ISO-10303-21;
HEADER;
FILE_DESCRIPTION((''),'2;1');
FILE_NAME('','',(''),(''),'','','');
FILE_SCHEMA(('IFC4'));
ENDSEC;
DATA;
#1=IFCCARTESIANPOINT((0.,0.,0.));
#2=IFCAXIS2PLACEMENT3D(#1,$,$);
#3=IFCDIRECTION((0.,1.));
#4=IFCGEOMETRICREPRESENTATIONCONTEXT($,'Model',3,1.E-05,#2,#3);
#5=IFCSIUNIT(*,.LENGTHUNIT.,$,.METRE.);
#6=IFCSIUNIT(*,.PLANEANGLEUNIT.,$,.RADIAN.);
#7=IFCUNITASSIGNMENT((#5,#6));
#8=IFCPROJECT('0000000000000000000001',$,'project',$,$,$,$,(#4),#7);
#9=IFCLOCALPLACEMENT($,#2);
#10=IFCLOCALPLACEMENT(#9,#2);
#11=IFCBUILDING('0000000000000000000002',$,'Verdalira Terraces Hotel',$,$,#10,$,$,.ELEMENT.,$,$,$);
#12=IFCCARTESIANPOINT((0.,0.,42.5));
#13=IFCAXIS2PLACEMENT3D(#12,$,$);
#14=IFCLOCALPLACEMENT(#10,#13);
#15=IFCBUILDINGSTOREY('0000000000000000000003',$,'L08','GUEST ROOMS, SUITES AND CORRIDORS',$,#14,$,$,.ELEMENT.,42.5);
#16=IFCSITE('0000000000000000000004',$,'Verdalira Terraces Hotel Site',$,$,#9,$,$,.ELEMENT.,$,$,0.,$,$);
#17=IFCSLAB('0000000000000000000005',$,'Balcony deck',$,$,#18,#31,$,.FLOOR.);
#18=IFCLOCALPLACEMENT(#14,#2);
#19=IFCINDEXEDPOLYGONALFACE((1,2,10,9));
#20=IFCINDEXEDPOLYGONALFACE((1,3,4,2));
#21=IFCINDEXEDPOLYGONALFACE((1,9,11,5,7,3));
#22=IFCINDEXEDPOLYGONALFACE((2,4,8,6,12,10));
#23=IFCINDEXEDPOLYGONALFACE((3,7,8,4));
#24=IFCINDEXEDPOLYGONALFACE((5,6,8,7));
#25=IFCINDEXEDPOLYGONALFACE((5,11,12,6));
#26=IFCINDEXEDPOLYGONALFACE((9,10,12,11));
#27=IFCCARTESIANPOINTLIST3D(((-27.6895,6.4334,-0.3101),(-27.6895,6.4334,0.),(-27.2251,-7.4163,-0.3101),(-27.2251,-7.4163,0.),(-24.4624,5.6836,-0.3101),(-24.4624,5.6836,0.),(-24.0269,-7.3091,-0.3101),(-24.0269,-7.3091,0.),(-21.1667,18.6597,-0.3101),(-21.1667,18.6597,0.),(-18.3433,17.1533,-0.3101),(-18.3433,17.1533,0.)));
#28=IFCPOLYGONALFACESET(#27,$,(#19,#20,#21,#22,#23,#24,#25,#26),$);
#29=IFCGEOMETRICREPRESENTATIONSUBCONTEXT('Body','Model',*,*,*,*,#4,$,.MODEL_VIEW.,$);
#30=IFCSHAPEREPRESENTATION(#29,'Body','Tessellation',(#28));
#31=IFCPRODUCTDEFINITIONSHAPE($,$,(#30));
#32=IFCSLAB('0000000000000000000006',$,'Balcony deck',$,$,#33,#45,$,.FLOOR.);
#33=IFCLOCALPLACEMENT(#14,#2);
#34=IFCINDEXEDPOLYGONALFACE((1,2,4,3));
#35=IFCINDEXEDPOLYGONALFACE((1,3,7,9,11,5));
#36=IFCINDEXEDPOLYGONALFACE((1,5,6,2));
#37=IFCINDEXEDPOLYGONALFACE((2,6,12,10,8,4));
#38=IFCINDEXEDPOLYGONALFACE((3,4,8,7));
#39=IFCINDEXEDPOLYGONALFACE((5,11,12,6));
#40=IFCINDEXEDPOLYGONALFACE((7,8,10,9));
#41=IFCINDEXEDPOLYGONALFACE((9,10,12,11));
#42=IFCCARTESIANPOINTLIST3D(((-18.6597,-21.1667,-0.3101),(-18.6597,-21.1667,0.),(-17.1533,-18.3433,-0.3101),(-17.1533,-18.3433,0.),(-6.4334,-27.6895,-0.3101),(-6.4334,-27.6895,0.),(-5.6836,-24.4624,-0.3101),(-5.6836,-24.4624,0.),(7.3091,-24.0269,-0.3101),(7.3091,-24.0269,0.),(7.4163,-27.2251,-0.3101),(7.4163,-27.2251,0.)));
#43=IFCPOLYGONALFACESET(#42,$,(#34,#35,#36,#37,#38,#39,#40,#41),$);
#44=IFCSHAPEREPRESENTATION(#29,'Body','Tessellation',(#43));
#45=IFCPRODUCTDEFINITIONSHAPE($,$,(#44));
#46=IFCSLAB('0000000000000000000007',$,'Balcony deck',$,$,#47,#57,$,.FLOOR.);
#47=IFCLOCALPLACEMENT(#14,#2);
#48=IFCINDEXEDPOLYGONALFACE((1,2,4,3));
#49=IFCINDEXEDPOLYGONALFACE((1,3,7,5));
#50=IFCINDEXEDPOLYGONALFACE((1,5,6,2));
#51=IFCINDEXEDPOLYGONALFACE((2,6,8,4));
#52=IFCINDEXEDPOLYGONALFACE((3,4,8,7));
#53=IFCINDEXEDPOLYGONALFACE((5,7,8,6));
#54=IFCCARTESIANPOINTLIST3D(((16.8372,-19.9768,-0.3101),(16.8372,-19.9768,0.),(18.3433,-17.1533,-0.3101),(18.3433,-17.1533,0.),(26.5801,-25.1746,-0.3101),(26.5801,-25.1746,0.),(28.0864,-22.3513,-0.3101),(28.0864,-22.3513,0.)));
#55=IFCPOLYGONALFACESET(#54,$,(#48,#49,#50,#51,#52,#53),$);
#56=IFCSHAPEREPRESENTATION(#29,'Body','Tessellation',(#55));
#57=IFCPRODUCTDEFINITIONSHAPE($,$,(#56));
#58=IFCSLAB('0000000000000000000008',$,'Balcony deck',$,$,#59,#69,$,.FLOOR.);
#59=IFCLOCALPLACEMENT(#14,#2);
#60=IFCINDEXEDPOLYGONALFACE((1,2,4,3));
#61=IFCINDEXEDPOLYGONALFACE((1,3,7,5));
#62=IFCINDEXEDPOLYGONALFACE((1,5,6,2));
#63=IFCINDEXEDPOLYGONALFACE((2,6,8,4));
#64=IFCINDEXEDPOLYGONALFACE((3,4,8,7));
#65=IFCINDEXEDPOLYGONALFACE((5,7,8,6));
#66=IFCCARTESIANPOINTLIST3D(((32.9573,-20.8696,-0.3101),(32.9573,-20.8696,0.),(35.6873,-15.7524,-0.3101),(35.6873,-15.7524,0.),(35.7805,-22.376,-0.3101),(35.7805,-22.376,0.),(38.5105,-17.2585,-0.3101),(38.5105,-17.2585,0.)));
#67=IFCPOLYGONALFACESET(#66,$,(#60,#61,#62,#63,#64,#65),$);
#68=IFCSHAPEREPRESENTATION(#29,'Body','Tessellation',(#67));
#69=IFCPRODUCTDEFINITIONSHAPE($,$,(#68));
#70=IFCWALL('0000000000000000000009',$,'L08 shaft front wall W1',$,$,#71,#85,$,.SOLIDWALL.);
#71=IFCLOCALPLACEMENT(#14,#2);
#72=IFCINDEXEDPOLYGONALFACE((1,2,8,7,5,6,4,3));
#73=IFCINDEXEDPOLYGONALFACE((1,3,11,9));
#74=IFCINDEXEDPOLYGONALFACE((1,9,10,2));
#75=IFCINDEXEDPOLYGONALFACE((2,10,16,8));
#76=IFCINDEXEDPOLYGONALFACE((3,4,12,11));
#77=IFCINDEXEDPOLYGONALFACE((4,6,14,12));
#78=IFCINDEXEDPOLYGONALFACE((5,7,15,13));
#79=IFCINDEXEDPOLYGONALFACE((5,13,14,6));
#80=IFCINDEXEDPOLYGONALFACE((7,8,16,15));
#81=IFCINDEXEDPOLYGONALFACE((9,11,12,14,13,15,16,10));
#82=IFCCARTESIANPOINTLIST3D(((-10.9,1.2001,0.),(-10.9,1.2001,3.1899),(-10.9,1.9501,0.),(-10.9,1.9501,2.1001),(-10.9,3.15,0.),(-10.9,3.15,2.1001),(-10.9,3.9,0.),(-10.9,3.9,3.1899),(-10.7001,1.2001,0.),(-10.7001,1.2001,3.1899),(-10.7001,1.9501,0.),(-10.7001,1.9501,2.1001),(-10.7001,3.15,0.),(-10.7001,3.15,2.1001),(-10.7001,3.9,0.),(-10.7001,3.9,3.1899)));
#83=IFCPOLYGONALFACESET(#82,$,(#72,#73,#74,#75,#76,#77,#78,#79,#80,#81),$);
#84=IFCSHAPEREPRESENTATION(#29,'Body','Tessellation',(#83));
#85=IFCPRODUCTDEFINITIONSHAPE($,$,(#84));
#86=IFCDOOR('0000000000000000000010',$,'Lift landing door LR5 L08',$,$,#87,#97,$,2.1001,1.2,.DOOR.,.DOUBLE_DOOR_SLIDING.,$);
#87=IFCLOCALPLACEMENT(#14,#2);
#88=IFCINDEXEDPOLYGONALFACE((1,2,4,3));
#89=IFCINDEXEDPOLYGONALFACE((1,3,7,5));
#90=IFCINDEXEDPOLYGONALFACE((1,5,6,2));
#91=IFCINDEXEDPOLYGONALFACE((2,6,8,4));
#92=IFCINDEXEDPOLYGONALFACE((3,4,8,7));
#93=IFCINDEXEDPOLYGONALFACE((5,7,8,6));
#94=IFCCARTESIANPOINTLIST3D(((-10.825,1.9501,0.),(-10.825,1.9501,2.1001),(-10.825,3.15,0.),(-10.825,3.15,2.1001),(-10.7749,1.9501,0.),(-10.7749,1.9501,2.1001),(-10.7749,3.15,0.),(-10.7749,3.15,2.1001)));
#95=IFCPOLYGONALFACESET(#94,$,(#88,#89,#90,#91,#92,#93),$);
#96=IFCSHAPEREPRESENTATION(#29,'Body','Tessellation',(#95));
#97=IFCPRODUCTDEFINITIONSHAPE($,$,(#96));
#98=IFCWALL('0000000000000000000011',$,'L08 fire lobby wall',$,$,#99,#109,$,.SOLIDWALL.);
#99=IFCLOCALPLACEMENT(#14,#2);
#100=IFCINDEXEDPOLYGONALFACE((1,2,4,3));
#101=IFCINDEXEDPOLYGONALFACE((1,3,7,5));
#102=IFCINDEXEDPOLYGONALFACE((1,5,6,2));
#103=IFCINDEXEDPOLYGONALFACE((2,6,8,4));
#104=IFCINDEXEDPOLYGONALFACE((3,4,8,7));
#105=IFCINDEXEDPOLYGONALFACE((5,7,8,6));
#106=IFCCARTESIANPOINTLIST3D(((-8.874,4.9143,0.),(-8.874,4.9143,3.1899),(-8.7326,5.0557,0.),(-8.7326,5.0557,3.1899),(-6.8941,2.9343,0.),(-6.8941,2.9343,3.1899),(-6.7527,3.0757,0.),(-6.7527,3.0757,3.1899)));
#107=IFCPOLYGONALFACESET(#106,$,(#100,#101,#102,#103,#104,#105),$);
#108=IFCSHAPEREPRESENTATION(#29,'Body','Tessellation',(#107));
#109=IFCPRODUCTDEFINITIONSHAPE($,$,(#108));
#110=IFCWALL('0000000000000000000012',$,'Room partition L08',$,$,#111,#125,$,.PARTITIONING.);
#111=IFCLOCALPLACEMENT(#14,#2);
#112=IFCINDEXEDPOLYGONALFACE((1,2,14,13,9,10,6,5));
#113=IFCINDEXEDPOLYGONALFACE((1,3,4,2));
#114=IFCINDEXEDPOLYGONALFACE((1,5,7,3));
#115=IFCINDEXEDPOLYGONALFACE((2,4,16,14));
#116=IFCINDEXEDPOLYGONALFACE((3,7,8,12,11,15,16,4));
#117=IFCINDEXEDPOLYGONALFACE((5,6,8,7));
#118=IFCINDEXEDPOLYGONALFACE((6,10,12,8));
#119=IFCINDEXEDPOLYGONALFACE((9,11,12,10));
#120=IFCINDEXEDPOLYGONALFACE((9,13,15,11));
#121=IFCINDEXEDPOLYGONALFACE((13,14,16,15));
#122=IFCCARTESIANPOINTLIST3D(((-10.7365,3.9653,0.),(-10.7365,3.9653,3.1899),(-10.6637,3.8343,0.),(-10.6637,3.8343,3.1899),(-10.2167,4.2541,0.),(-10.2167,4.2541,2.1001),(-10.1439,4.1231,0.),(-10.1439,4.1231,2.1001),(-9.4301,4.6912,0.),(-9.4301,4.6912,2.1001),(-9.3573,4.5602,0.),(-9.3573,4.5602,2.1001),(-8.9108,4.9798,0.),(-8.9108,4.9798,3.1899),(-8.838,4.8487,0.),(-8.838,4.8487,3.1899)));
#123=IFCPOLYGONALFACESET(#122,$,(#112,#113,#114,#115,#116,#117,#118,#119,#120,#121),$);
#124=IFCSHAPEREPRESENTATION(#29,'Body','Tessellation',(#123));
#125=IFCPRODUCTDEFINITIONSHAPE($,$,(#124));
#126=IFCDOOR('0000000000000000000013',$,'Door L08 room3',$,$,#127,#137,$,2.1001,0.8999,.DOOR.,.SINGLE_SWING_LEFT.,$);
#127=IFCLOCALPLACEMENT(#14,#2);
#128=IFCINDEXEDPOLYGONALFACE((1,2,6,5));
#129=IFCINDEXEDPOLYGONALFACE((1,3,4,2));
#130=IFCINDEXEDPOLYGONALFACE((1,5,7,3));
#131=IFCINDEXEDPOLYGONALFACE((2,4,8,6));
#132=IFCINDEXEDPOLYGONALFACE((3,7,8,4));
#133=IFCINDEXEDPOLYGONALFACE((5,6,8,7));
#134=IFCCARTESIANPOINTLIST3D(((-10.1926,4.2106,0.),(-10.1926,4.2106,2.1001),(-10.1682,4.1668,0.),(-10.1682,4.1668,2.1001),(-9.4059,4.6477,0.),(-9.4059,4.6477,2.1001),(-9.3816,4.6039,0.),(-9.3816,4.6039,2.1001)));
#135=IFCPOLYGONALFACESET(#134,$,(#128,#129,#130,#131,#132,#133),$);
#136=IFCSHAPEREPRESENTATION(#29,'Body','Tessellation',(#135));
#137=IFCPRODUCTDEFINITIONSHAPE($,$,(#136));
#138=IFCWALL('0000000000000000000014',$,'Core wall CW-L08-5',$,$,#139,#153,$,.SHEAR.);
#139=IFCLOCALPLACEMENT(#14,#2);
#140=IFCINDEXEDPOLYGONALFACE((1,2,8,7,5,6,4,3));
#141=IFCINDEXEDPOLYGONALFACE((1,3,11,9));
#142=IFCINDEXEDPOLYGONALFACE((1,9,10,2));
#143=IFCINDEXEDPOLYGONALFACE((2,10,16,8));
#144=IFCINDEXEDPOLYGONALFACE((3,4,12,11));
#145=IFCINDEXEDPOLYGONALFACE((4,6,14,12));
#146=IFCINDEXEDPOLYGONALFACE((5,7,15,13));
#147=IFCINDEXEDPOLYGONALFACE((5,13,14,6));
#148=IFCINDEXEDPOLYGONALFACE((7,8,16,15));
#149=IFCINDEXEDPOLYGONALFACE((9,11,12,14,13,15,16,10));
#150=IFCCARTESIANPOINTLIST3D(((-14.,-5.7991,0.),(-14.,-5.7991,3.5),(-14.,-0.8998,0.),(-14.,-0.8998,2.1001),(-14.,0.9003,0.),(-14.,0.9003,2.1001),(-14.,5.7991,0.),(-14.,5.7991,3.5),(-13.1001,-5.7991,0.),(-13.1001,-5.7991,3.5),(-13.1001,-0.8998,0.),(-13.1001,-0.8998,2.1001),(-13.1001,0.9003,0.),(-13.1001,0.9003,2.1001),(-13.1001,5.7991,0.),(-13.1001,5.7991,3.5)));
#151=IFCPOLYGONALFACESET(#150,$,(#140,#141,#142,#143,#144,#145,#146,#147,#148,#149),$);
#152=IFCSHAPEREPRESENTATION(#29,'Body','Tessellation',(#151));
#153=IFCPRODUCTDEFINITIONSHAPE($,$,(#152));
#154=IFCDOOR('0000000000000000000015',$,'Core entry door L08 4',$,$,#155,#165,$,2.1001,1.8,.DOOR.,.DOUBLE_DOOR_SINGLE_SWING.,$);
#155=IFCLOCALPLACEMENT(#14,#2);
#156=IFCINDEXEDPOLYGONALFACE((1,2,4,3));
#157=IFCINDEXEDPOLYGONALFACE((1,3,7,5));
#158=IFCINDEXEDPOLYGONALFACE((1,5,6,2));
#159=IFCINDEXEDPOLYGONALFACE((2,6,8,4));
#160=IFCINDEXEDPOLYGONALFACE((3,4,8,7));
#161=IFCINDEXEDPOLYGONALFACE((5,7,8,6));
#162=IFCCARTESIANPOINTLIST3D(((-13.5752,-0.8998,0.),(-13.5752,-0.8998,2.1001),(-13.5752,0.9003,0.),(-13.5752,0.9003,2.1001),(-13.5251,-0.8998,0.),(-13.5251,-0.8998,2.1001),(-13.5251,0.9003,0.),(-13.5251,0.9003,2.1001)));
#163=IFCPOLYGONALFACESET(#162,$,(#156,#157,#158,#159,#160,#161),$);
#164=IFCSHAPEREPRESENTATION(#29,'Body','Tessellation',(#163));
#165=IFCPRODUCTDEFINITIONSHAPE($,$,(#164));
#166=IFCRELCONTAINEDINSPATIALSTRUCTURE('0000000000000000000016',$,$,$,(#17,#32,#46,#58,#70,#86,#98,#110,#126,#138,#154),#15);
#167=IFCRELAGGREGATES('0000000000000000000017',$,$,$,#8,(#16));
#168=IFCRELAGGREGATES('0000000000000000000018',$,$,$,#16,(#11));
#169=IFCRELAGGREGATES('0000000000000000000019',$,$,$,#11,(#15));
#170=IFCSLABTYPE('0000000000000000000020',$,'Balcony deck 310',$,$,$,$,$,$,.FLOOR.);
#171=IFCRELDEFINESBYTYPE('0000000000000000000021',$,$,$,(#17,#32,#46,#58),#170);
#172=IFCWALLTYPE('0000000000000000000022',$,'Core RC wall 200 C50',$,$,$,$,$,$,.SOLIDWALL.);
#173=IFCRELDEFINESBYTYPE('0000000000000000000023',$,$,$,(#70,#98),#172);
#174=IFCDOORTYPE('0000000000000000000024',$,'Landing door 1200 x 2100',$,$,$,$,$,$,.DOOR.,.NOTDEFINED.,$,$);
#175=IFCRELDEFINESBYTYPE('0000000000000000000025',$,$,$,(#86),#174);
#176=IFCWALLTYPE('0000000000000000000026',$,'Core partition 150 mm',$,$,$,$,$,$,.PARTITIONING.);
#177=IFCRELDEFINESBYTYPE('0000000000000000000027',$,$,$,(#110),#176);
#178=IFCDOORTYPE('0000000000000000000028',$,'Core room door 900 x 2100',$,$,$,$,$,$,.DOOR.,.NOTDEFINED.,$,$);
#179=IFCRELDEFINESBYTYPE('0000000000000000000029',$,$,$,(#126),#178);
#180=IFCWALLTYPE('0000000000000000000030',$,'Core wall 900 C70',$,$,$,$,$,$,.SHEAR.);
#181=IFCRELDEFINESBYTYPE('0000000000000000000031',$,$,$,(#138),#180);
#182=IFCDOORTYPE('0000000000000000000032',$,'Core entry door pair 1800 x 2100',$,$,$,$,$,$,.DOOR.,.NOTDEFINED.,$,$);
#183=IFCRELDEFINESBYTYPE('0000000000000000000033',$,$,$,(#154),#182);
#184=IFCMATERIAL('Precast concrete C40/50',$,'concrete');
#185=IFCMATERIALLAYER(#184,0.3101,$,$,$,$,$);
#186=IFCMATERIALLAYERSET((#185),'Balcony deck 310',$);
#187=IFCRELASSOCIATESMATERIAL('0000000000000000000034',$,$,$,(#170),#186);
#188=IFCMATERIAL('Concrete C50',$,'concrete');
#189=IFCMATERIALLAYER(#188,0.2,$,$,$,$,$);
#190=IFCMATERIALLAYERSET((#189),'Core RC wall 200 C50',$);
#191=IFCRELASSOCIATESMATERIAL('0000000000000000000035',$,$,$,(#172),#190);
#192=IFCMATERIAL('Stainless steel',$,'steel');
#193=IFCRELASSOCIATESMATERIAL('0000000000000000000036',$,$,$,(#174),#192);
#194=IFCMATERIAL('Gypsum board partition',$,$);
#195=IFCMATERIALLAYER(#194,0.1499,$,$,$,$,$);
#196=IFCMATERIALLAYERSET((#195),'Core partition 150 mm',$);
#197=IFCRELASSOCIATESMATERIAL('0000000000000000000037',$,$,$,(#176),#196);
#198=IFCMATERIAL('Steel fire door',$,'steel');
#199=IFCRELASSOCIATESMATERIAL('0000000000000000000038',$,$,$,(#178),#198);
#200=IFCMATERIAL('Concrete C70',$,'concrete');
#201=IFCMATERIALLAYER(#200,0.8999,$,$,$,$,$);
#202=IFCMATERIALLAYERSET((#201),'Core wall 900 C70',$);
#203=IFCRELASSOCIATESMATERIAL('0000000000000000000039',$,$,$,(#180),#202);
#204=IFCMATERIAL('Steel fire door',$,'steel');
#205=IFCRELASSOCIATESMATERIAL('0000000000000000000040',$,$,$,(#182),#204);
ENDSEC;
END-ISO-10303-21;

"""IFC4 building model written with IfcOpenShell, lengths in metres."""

from ifc_helpers import new_model, si_unit, direction, frame, frame_2d, origin, place, context, subcontext, project, spatial, polyline, rectangle, outline, extrude, material, layer, layer_set, type_object, element, fill, save


model = new_model("IFC4")

# Units and contexts
model_context = context("Model", 3, precision=1e-05, world=origin(), true_north=direction((0.0, 1.0)))
body_context = subcontext(model_context, "Body", "Model", "MODEL_VIEW")
ifc_project = project(units=[si_unit("LENGTHUNIT", "METRE"), si_unit("PLANEANGLEUNIT", "RADIAN")], contexts=[model_context])

# Site, building, storey
site_placement = place(None, origin())
site = spatial("IfcSite", under=ifc_project, at=site_placement, Name="Verdalira Terraces Hotel Site", CompositionType="ELEMENT", RefElevation=0.0)
building_placement = place(site_placement, origin())
building = spatial("IfcBuilding", under=site, at=building_placement, Name="Verdalira Terraces Hotel", CompositionType="ELEMENT")
storey_placement = place(building_placement, frame((0.0, 0.0, 42.5)))
storey = spatial("IfcBuildingStorey", under=building, at=storey_placement, Name="L08", Description="GUEST ROOMS, SUITES AND CORRIDORS", CompositionType="ELEMENT", Elevation=42.5)

# Slabs
ifc_material_1 = material(Name="Precast concrete C40/50", Category="concrete")
ifc_layer_1 = layer(ifc_material_1, 0.3101)
ifc_layer_set_1 = layer_set([ifc_layer_1], Name="Balcony deck 310")
slab_type = type_object("IfcSlabType", Name="Balcony deck 310", PredefinedType="FLOOR", material=ifc_layer_set_1)
slab_1_placement = place(storey_placement, frame((0.0, 0.0, -0.3101)))
element("IfcSlab", 1, at=slab_1_placement, inside=storey, type_object=slab_type, Name="Balcony deck", PredefinedType="FLOOR", context=body_context, shape_type="SweptSolid", body=[
    extrude(outline(polyline([(-27.6895, 6.4333), (-27.2251, -7.4163), (-24.0269, -7.3091), (-24.4624, 5.6836), (-18.3433, 17.1533), (-21.1667, 18.6597), (-27.6895, 6.4333)])), origin(), (0.0, 0.0, 1.0), 0.3101),
])
slab_2_placement = place(storey_placement, frame((0.0, 0.0, -0.3101)))
element("IfcSlab", 2, at=slab_2_placement, inside=storey, type_object=slab_type, Name="Balcony deck", PredefinedType="FLOOR", context=body_context, shape_type="SweptSolid", body=[
    extrude(outline(polyline([(-6.4333, -27.6895), (7.4163, -27.2251), (7.3091, -24.0269), (-5.6836, -24.4624), (-17.1533, -18.3433), (-18.6597, -21.1667), (-6.4333, -27.6895)])), origin(), (0.0, 0.0, 1.0), 0.3101),
])
slab_3_placement = place(storey_placement, frame((0.0, 0.0, -0.3101)))
element("IfcSlab", 3, at=slab_3_placement, inside=storey, type_object=slab_type, Name="Balcony deck", PredefinedType="FLOOR", context=body_context, shape_type="SweptSolid", body=[
    extrude(outline(polyline([(26.5801, -25.1746), (28.0864, -22.3513), (18.3433, -17.1533), (16.8372, -19.9768), (26.5801, -25.1746)])), origin(), (0.0, 0.0, 1.0), 0.3101),
])
slab_4_placement = place(storey_placement, frame((0.0, 0.0, -0.3101)))
element("IfcSlab", 4, at=slab_4_placement, inside=storey, type_object=slab_type, Name="Balcony deck", PredefinedType="FLOOR", context=body_context, shape_type="SweptSolid", body=[
    extrude(outline(polyline([(38.5105, -17.2585), (35.6873, -15.7524), (32.9573, -20.8696), (35.7805, -22.376), (38.5105, -17.2585)])), origin(), (0.0, 0.0, 1.0), 0.3101),
])

# Wall, opening, door
ifc_material_2 = material(Name="Concrete C50", Category="concrete")
ifc_layer_2 = layer(ifc_material_2, 0.2)
ifc_layer_set_2 = layer_set([ifc_layer_2], Name="Core RC wall 200 C50")
wall_type_1 = type_object("IfcWallType", Name="Core RC wall 200 C50", PredefinedType="SOLIDWALL", material=ifc_layer_set_2)
wall_1_placement = place(storey_placement, frame((-10.8, 1.2, 0.0), z_axis=(0.0, 0.0, 1.0), x_axis=(0.0, 1.0, 0.0)))
wall_1 = element("IfcWall", 5, at=wall_1_placement, inside=storey, type_object=wall_type_1, Name="L08 shaft front wall W1", PredefinedType="SOLIDWALL", context=body_context, shape_type="SweptSolid", body=[
    extrude(rectangle(XDim=2.7, YDim=0.2, at=frame_2d((1.3501, 0.0))), origin(), (0.0, 0.0, 1.0), 3.1899),
])
opening_1_placement = place(wall_1_placement, frame((0.75, 0.0, 0.0)))
opening_1 = element("IfcOpeningElement", 6, at=opening_1_placement, cuts=wall_1, PredefinedType="OPENING", context=body_context, shape_type="SweptSolid", body=[
    extrude(rectangle(XDim=1.2, YDim=2.1001, at=frame_2d((0.6001, 1.05))), frame((0.0, 0.1099, 0.0), z_axis=(0.0, -1.0, 0.0), x_axis=(1.0, 0.0, 0.0)), (0.0, 0.0, 1.0), 0.22),
])
ifc_material_3 = material(Name="Stainless steel", Category="steel")
door_type_1 = type_object("IfcDoorType", Name="Landing door 1200 x 2100", OperationType="NOTDEFINED", PredefinedType="DOOR", material=ifc_material_3)
door_1_placement = place(opening_1_placement, origin())
door_1 = element("IfcDoor", 7, at=door_1_placement, inside=storey, type_object=door_type_1, Name="Lift landing door LR5 L08", OperationType="DOUBLE_DOOR_SLIDING", OverallHeight=2.1001, OverallWidth=1.2, PredefinedType="DOOR", context=body_context, shape_type="SweptSolid", body=[
    extrude(rectangle(XDim=1.2, YDim=2.1001, at=frame_2d((0.6001, 1.05))), frame((0.0, 0.0249, 0.0), z_axis=(0.0, -1.0, 0.0), x_axis=(1.0, 0.0, 0.0)), (0.0, 0.0, 1.0), 0.05),
])
fill(opening_1, door_1)

# Wall
wall_2_placement = place(storey_placement, frame((-6.8235, 3.0051, 0.0), z_axis=(0.0, 0.0, 1.0), x_axis=(-0.707107, 0.707107, 0.0)))
element("IfcWall", 8, at=wall_2_placement, inside=storey, type_object=wall_type_1, Name="L08 fire lobby wall", PredefinedType="SOLIDWALL", context=body_context, shape_type="SweptSolid", body=[
    extrude(rectangle(XDim=2.8, YDim=0.2, at=frame_2d((1.3999, 0.0))), origin(), (0.0, 0.0, 1.0), 3.1899),
])

# Walls, openings, doors
ifc_material_4 = material(Name="Gypsum board partition")
ifc_layer_3 = layer(ifc_material_4, 0.1499)
ifc_layer_set_3 = layer_set([ifc_layer_3], Name="Core partition 150 mm")
wall_type_2 = type_object("IfcWallType", Name="Core partition 150 mm", PredefinedType="PARTITIONING", material=ifc_layer_set_3)
wall_3_placement = place(storey_placement, frame((-8.8743, 4.9143, 0.0), z_axis=(0.0, 0.0, 1.0), x_axis=(-0.87413, -0.485693, 0.0)))
wall_3 = element("IfcWall", 9, at=wall_3_placement, inside=storey, type_object=wall_type_2, Name="Room partition L08", PredefinedType="PARTITIONING", context=body_context, shape_type="SweptSolid", body=[
    extrude(rectangle(XDim=2.0886, YDim=0.1499, at=frame_2d((1.0444, 0.0))), origin(), (0.0, 0.0, 1.0), 3.1899),
])
opening_2_placement = place(wall_3_placement, frame((0.5942, 0.0, 0.0)))
opening_2 = element("IfcOpeningElement", 10, at=opening_2_placement, cuts=wall_3, PredefinedType="OPENING", context=body_context, shape_type="SweptSolid", body=[
    extrude(rectangle(XDim=0.8999, YDim=2.1001, at=frame_2d((0.45, 1.05))), frame((0.0, 0.085, 0.0), z_axis=(0.0, -1.0, 0.0), x_axis=(1.0, 0.0, 0.0)), (0.0, 0.0, 1.0), 0.1699),
])
ifc_material_5 = material(Name="Steel fire door", Category="steel")
door_type_2 = type_object("IfcDoorType", Name="Core room door 900 x 2100", OperationType="NOTDEFINED", PredefinedType="DOOR", material=ifc_material_5)
door_2_placement = place(opening_2_placement, origin())
door_2 = element("IfcDoor", 11, at=door_2_placement, inside=storey, type_object=door_type_2, Name="Door L08 room3", OperationType="SINGLE_SWING_LEFT", OverallHeight=2.1001, OverallWidth=0.8999, PredefinedType="DOOR", context=body_context, shape_type="SweptSolid", body=[
    extrude(rectangle(XDim=0.8999, YDim=2.1001, at=frame_2d((0.45, 1.05))), frame((0.0, 0.0249, 0.0), z_axis=(0.0, -1.0, 0.0), x_axis=(1.0, 0.0, 0.0)), (0.0, 0.0, 1.0), 0.05),
])
fill(opening_2, door_2)
ifc_material_6 = material(Name="Concrete C70", Category="concrete")
ifc_layer_4 = layer(ifc_material_6, 0.8999)
ifc_layer_set_4 = layer_set([ifc_layer_4], Name="Core wall 900 C70")
wall_type_3 = type_object("IfcWallType", Name="Core wall 900 C70", PredefinedType="SHEAR", material=ifc_layer_set_4)
wall_4_placement = place(storey_placement, frame((-13.55, 5.7991, 0.0), z_axis=(0.0, 0.0, 1.0), x_axis=(0.0, -1.0, 0.0)))
wall_4 = element("IfcWall", 12, at=wall_4_placement, inside=storey, type_object=wall_type_3, Name="Core wall CW-L08-5", PredefinedType="SHEAR", context=body_context, shape_type="SweptSolid", body=[
    extrude(rectangle(XDim=11.5981, YDim=0.8999, at=frame_2d((5.7991, 0.0))), origin(), (0.0, 0.0, 1.0), 3.5),
])
opening_3_placement = place(wall_4_placement, frame((4.8989, 0.0, 0.0)))
opening_3 = element("IfcOpeningElement", 13, at=opening_3_placement, cuts=wall_4, PredefinedType="OPENING", context=body_context, shape_type="SweptSolid", body=[
    extrude(rectangle(XDim=1.8, YDim=2.1001, at=frame_2d((0.8999, 1.05))), frame((0.0, 0.46, 0.0), z_axis=(0.0, -1.0, 0.0), x_axis=(1.0, 0.0, 0.0)), (0.0, 0.0, 1.0), 0.9199),
])
ifc_material_7 = material(Name="Steel fire door", Category="steel")
door_type_3 = type_object("IfcDoorType", Name="Core entry door pair 1800 x 2100", OperationType="NOTDEFINED", PredefinedType="DOOR", material=ifc_material_7)
door_3_placement = place(opening_3_placement, origin())
door_3 = element("IfcDoor", 14, at=door_3_placement, inside=storey, type_object=door_type_3, Name="Core entry door L08 4", OperationType="DOUBLE_DOOR_SINGLE_SWING", OverallHeight=2.1001, OverallWidth=1.8, PredefinedType="DOOR", context=body_context, shape_type="SweptSolid", body=[
    extrude(rectangle(XDim=1.8, YDim=2.1001, at=frame_2d((0.8999, 1.05))), frame((0.0, 0.0249, 0.0), z_axis=(0.0, -1.0, 0.0), x_axis=(1.0, 0.0, 0.0)), (0.0, 0.0, 1.0), 0.05),
])
fill(opening_3, door_3)

save(model, "model.ifc")
